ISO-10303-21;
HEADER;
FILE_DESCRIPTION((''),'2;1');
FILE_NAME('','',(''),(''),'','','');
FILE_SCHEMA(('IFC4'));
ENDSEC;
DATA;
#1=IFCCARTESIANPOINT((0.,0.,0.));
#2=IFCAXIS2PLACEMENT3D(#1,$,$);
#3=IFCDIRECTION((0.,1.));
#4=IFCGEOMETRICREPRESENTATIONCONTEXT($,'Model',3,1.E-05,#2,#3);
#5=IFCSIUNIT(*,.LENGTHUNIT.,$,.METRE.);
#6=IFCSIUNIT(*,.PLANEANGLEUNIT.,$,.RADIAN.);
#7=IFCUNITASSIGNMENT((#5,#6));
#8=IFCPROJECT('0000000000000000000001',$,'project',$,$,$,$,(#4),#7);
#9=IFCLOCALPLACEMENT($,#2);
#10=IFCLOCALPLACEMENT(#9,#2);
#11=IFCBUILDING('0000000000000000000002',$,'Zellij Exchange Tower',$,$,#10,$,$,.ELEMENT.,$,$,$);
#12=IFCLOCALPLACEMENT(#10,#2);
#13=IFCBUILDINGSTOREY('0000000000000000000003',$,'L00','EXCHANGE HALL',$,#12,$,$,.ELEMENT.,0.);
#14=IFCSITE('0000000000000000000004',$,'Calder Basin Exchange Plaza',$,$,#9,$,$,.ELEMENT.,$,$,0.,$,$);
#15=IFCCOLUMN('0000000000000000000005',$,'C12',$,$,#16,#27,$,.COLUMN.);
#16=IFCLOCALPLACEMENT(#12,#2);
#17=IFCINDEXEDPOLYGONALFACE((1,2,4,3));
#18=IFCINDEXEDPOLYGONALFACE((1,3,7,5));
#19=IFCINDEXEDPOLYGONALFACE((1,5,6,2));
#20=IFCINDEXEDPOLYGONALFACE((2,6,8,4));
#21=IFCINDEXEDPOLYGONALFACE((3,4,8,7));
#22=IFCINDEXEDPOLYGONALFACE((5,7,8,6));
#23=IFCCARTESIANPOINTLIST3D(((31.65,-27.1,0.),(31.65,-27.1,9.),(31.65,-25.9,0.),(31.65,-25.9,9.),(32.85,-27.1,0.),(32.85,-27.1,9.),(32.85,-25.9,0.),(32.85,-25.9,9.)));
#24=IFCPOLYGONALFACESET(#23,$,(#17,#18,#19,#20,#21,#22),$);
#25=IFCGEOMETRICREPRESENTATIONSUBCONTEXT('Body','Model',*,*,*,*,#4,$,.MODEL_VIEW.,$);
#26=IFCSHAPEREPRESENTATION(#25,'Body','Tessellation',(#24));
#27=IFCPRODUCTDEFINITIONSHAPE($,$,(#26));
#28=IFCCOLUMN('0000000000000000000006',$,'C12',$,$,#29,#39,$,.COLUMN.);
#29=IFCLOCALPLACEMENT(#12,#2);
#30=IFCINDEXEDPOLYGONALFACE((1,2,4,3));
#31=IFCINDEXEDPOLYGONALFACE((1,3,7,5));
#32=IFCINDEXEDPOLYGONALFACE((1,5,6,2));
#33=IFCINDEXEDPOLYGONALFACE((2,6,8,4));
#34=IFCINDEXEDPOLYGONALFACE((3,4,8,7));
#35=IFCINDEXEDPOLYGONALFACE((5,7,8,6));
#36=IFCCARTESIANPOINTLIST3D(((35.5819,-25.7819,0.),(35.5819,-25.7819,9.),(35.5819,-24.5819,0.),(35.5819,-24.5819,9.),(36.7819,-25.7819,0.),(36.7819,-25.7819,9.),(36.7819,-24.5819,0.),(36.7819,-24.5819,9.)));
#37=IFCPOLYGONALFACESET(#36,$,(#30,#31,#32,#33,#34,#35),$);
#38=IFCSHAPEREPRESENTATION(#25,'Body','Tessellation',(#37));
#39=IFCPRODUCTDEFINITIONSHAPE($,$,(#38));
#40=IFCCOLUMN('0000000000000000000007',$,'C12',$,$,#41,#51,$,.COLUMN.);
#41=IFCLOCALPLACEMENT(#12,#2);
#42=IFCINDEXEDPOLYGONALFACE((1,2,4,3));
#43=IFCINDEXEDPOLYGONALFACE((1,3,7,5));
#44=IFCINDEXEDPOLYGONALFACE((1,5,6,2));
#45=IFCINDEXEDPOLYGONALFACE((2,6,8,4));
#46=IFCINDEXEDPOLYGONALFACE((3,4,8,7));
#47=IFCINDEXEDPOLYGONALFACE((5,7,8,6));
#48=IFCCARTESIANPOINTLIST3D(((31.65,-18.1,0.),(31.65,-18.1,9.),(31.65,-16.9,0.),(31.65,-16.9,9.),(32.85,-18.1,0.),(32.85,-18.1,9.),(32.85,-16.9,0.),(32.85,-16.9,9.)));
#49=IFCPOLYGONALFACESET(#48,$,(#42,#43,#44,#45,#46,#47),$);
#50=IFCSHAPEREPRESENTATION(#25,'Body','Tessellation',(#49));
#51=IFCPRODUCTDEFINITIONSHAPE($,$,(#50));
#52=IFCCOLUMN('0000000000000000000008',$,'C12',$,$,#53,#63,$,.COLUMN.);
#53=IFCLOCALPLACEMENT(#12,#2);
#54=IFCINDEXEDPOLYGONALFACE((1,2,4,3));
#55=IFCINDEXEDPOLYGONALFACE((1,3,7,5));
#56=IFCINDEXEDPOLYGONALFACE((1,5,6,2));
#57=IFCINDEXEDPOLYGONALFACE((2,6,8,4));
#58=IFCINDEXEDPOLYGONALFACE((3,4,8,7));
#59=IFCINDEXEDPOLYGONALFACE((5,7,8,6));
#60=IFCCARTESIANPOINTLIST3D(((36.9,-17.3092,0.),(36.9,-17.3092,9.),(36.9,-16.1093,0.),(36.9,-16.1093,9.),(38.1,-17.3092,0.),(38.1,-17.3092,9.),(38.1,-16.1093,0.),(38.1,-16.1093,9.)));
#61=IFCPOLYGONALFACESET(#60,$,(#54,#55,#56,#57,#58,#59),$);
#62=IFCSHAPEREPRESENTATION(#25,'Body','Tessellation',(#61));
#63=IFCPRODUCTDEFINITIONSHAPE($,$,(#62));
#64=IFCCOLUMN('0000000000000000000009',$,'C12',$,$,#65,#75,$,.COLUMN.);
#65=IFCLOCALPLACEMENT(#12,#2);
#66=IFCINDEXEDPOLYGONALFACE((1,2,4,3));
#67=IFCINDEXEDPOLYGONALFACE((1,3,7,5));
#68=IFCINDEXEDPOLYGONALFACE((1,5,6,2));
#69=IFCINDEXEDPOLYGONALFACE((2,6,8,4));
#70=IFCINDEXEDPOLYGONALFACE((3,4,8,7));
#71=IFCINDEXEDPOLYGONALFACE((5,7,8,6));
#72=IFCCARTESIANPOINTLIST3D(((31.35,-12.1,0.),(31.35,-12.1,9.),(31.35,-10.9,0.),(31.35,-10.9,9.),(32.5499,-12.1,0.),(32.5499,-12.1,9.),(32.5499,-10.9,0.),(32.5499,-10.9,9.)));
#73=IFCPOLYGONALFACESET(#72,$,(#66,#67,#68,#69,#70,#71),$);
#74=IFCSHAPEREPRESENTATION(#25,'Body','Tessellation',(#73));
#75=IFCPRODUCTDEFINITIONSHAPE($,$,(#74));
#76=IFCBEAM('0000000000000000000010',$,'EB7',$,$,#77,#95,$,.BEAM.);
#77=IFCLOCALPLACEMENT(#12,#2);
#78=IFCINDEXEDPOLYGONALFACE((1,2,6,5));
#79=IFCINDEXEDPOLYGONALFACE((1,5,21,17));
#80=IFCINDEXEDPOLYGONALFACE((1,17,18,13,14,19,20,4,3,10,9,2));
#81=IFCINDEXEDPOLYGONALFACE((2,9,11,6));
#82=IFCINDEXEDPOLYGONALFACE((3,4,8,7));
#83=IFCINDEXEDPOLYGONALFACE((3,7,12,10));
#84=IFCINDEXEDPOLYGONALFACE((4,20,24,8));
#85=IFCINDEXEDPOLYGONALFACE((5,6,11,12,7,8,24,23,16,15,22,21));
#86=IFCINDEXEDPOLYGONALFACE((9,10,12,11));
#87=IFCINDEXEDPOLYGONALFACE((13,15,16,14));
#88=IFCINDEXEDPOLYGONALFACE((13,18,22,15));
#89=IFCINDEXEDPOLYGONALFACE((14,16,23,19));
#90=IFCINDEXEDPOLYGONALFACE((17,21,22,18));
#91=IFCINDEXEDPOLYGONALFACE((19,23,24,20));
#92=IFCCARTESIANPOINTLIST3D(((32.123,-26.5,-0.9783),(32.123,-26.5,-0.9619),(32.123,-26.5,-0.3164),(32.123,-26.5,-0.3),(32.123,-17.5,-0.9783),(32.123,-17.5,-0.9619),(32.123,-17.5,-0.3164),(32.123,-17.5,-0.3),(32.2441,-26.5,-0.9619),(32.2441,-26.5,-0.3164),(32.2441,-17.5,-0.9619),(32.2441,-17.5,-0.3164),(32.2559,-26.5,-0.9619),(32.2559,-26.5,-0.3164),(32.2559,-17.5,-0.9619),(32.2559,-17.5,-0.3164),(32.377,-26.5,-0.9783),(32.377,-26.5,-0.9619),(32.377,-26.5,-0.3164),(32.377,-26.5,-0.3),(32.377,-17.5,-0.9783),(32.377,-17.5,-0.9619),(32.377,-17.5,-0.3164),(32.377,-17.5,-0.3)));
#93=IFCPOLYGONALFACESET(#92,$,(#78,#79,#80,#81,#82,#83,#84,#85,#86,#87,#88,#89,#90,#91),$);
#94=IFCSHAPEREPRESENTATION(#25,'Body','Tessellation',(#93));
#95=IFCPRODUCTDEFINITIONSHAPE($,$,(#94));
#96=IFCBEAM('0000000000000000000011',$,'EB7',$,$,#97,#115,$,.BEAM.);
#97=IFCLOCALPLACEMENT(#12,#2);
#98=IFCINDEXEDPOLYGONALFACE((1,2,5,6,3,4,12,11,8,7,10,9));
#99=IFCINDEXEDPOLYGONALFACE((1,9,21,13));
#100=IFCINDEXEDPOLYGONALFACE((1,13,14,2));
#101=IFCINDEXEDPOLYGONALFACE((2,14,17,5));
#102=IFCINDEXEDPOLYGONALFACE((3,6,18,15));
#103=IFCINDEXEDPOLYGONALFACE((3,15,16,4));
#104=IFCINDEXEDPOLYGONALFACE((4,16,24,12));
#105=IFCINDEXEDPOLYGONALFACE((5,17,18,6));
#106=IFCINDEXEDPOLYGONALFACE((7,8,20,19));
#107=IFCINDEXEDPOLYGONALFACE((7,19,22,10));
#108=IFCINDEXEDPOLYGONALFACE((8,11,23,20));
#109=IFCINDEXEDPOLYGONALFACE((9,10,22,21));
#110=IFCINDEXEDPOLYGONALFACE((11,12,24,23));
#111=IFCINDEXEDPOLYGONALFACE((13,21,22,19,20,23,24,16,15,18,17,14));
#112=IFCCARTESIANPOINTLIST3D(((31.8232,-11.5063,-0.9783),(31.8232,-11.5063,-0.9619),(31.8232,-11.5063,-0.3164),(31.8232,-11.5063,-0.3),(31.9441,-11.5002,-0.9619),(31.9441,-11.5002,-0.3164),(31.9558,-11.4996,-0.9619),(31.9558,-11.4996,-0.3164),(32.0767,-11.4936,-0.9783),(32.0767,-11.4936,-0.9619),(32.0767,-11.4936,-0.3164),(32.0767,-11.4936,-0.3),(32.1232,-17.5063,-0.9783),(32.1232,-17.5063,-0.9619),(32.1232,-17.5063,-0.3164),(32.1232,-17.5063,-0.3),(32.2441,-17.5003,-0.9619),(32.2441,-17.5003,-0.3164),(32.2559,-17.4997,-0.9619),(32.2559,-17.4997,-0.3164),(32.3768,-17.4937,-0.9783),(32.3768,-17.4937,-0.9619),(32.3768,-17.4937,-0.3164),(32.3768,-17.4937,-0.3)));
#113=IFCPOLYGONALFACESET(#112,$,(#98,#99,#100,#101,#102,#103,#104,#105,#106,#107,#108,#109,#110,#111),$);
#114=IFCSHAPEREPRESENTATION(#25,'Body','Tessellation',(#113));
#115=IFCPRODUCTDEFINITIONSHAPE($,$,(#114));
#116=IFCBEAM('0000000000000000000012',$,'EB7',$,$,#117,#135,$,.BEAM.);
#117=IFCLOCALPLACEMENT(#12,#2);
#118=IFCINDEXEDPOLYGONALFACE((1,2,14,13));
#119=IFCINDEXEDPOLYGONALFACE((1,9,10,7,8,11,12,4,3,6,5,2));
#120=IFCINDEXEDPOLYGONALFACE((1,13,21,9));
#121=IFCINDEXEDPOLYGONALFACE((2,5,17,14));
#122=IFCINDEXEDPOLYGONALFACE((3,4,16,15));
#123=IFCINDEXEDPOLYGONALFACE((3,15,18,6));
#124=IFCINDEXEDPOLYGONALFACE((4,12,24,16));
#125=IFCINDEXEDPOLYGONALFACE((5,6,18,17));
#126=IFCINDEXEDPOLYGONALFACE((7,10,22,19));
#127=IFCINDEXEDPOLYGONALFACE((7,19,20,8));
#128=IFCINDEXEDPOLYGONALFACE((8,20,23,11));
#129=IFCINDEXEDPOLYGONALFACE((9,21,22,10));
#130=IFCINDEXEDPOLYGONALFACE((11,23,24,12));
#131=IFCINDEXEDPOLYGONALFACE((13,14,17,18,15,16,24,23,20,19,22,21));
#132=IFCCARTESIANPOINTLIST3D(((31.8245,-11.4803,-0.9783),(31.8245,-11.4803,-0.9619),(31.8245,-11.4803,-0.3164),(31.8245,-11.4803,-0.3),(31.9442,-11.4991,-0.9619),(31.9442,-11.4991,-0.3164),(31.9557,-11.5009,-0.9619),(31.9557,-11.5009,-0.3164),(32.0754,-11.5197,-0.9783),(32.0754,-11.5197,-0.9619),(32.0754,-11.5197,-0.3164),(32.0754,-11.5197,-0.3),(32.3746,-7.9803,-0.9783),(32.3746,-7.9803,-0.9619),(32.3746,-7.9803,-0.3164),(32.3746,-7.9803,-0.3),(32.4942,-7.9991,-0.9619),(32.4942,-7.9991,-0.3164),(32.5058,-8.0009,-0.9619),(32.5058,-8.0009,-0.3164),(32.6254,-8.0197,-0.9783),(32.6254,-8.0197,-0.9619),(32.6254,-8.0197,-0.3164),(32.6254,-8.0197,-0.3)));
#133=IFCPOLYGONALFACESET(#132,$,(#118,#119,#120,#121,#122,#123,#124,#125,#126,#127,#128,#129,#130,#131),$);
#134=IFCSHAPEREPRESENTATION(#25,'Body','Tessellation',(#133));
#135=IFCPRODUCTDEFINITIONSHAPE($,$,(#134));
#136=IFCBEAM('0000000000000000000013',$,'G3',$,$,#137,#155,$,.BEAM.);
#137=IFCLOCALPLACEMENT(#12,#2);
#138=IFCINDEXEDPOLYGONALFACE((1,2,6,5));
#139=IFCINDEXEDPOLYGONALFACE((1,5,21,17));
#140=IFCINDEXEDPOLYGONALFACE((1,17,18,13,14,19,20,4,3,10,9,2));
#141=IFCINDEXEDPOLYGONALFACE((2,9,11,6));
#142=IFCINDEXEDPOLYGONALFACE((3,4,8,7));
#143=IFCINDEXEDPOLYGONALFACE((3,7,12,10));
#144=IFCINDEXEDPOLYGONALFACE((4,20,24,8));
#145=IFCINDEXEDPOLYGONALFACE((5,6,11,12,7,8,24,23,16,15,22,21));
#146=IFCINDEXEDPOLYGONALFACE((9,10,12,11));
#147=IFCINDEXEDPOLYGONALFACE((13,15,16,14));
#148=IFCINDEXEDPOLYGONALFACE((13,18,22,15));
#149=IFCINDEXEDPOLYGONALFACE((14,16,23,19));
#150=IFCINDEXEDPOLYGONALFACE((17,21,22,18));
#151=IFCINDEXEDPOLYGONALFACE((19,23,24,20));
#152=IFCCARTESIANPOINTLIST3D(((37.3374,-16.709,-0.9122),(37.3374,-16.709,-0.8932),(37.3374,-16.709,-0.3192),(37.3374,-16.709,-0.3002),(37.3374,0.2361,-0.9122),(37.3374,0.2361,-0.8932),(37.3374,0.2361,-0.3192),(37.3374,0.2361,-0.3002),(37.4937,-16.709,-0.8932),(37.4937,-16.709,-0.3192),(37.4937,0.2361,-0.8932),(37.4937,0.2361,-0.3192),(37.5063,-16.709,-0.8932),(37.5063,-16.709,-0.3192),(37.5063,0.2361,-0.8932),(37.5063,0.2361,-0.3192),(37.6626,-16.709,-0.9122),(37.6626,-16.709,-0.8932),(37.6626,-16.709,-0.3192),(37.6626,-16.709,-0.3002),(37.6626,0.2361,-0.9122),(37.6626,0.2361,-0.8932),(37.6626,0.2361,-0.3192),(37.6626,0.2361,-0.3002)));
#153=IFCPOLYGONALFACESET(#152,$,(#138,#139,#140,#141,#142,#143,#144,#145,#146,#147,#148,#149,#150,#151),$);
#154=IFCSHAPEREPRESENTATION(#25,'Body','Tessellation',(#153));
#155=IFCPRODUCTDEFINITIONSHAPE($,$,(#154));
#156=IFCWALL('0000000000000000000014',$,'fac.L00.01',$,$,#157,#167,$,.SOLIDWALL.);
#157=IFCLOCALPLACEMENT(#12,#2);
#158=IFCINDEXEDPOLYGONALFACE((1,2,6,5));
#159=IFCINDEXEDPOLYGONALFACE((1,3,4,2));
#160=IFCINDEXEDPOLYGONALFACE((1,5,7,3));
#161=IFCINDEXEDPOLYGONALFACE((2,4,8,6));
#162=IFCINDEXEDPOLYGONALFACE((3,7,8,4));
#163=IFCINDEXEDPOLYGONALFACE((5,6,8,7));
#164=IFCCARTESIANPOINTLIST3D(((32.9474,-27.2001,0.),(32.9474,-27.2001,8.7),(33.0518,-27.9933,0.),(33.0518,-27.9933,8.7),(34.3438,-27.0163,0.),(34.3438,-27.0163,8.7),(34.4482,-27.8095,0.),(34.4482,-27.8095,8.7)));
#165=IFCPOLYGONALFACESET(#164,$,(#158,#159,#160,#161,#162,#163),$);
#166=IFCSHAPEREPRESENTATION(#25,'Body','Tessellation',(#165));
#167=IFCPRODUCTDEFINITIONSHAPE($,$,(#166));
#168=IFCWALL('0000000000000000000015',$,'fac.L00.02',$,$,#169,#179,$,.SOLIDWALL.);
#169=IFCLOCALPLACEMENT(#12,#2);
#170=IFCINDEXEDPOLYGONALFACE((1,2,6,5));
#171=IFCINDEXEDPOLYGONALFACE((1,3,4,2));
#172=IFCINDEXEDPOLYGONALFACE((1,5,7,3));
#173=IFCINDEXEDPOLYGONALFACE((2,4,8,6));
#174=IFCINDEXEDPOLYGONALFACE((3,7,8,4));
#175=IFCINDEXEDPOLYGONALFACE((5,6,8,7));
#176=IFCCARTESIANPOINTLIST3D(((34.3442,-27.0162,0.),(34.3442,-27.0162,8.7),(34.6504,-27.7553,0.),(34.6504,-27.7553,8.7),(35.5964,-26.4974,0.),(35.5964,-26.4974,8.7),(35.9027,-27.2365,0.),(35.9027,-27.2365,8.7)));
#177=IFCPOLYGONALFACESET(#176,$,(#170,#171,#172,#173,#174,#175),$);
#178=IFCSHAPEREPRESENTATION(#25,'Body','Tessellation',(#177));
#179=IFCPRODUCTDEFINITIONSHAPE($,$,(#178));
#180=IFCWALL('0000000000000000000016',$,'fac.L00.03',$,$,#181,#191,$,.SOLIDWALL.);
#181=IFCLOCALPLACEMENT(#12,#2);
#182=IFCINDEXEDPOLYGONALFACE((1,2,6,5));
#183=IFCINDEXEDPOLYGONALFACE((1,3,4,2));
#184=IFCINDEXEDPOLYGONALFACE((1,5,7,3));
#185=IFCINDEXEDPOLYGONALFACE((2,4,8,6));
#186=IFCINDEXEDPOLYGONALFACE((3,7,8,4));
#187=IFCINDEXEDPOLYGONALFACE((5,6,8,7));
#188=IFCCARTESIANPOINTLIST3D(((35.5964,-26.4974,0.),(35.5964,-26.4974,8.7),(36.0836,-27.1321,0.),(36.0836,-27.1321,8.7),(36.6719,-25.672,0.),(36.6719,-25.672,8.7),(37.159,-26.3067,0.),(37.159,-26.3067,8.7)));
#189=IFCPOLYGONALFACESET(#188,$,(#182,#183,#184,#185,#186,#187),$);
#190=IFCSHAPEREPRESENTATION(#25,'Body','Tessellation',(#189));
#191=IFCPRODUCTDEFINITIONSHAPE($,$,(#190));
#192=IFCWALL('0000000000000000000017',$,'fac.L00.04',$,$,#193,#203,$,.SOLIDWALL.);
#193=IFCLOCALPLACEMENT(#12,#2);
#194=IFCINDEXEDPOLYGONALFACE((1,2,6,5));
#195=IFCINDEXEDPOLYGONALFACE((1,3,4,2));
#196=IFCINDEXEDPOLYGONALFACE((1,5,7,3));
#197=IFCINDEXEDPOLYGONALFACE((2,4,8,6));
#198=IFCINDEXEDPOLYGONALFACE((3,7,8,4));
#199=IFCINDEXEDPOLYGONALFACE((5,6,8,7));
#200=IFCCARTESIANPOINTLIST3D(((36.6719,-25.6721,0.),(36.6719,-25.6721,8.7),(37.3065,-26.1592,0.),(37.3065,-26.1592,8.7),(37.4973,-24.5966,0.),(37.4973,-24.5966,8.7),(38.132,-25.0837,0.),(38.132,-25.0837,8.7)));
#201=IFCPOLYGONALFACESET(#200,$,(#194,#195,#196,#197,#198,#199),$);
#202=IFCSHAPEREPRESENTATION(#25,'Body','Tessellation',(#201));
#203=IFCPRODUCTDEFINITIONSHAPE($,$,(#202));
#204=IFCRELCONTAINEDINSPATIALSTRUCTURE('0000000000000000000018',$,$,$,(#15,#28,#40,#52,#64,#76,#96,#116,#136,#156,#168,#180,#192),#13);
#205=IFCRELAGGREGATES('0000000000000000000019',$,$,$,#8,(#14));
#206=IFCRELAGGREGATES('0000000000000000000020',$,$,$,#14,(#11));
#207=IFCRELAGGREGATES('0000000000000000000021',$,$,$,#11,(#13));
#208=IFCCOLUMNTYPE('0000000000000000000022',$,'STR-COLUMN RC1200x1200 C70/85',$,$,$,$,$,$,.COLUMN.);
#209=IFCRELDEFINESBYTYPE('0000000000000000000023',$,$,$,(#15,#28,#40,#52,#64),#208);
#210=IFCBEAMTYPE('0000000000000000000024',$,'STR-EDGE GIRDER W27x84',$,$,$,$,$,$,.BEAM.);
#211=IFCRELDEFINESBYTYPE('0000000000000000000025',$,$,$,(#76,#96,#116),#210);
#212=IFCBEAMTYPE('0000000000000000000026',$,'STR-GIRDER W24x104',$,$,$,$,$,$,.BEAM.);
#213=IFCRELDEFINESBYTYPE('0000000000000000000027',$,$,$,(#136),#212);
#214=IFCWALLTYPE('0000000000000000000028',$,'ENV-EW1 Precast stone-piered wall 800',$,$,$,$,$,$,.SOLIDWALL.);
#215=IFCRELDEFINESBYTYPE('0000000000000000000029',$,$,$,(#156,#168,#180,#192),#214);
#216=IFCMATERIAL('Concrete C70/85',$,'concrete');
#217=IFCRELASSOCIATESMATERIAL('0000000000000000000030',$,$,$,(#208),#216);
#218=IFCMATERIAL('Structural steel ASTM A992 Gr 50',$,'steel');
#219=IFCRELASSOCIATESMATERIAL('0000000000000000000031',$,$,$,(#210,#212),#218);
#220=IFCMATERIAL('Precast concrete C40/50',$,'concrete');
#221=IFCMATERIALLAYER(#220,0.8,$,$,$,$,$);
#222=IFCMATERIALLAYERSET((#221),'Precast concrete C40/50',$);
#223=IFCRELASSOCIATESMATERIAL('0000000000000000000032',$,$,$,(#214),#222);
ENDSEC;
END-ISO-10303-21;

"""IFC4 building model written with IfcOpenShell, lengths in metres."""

from ifc_helpers import new_model, si_unit, direction, frame, frame_2d, origin, origin_2d, place, context, subcontext, project, spatial, rectangle, i_section, extrude, material, layer, layer_set, material_profile, profile_set, type_object, element, save


model = new_model("IFC4")

# Units and contexts
model_context = context("Model", 3, precision=1e-05, world=origin(), true_north=direction((0.0, 1.0)))
body_context = subcontext(model_context, "Body", "Model", "MODEL_VIEW")
ifc_project = project(units=[si_unit("LENGTHUNIT", "METRE"), si_unit("PLANEANGLEUNIT", "RADIAN")], contexts=[model_context])

# Site, building, storey
site_placement = place(None, origin())
site = spatial("IfcSite", under=ifc_project, at=site_placement, Name="Calder Basin Exchange Plaza", CompositionType="ELEMENT", RefElevation=0.0)
building_placement = place(site_placement, origin())
building = spatial("IfcBuilding", under=site, at=building_placement, Name="Zellij Exchange Tower", CompositionType="ELEMENT")
storey_placement = place(building_placement, origin())
storey = spatial("IfcBuildingStorey", under=building, at=storey_placement, Name="L00", Description="EXCHANGE HALL", CompositionType="ELEMENT", Elevation=0.0)

# Columns
ifc_material_1 = material(Name="Concrete C70/85", Category="concrete")
ifc_material_profile_1 = material_profile(ifc_material_1, rectangle(XDim=1.2, YDim=1.2, at=origin_2d()), Name="STR-COLUMN RC1200x1200 C70/85")
ifc_profile_set_1 = profile_set([ifc_material_profile_1], Name="Concrete C70/85")
column_type = type_object("IfcColumnType", Name="STR-COLUMN RC1200x1200 C70/85", PredefinedType="COLUMN", material=ifc_profile_set_1)
for number, where, z_axis, x_axis, name in (
    (1, (32.25, -26.5, 0.0), (0.0, 0.0, 1.0), (1.0, 0.0, 0.0), "C12"),
    (2, (36.1819, -25.1819, 0.0), (0.0, 0.0, 1.0), (1.0, 0.0, 0.0), "C12"),
    (3, (32.25, -17.5, 0.0), (0.0, 0.0, 1.0), (1.0, 0.0, 0.0), "C12"),
    (4, (37.5, -16.7092, 0.0), (0.0, 0.0, 1.0), (1.0, 0.0, 0.0), "C12"),
    (5, (31.95, -11.5, 0.0), (0.0, 0.0, 1.0), (1.0, 0.0, 0.0), "C12"),
):
    element("IfcColumn", number, at=place(storey_placement, frame(where, z_axis=z_axis, x_axis=x_axis)), inside=storey, type_object=column_type, Name=name, PredefinedType="COLUMN", context=body_context, shape_type="SweptSolid", body=[
        extrude(rectangle(XDim=1.2, YDim=1.2, at=origin_2d()), origin(), (0.0, 0.0, 1.0), 9.0),
    ])

# Beams
ifc_material_2 = material(Name="Structural steel ASTM A992 Gr 50", Category="steel")
ifc_material_profile_2 = material_profile(ifc_material_2, i_section(OverallWidth=0.2539, OverallDepth=0.6782, WebThickness=0.0117, FlangeThickness=0.0164, at=origin_2d()), Name="W27x84")
ifc_profile_set_2 = profile_set([ifc_material_profile_2], Name="Structural steel ASTM A992 Gr 50")
beam_type_1 = type_object("IfcBeamType", Name="STR-EDGE GIRDER W27x84", PredefinedType="BEAM", material=ifc_profile_set_2)
beam_1_placement = place(storey_placement, frame((32.25, -26.5, -0.6392), z_axis=(0.0, 1.0, 0.0), x_axis=(-1.0, 0.0, 0.0)))
element("IfcBeam", 6, at=beam_1_placement, inside=storey, type_object=beam_type_1, Name="EB7", PredefinedType="BEAM", context=body_context, shape_type="SweptSolid", body=[
    extrude(i_section(OverallWidth=0.2539, OverallDepth=0.6782, WebThickness=0.0117, FlangeThickness=0.0164, at=origin_2d()), origin(), (0.0, 0.0, 1.0), 9.0),
])
beam_2_placement = place(storey_placement, frame((32.25, -17.5, -0.6392), z_axis=(-0.049946, 0.998752, 0.0), x_axis=(-0.998752, -0.049946, 0.0)))
element("IfcBeam", 7, at=beam_2_placement, inside=storey, type_object=beam_type_1, Name="EB7", PredefinedType="BEAM", context=body_context, shape_type="SweptSolid", body=[
    extrude(i_section(OverallWidth=0.2539, OverallDepth=0.6782, WebThickness=0.0117, FlangeThickness=0.0164, at=origin_2d()), origin(), (0.0, 0.0, 1.0), 6.0076),
])
beam_3_placement = place(storey_placement, frame((31.95, -11.5, -0.6392), z_axis=(0.155251, 0.987875, 0.0), x_axis=(-0.987875, 0.155251, 0.0)))
element("IfcBeam", 8, at=beam_3_placement, inside=storey, type_object=beam_type_1, Name="EB7", PredefinedType="BEAM", context=body_context, shape_type="SweptSolid", body=[
    extrude(i_section(OverallWidth=0.2539, OverallDepth=0.6782, WebThickness=0.0117, FlangeThickness=0.0164, at=origin_2d()), origin(), (0.0, 0.0, 1.0), 3.543),
])
ifc_material_profile_3 = material_profile(ifc_material_2, i_section(OverallWidth=0.3252, OverallDepth=0.6121, WebThickness=0.0127, FlangeThickness=0.019, at=origin_2d()), Name="W24x104")
ifc_profile_set_3 = profile_set([ifc_material_profile_3], Name="Structural steel ASTM A992 Gr 50")
beam_type_2 = type_object("IfcBeamType", Name="STR-GIRDER W24x104", PredefinedType="BEAM", material=ifc_profile_set_3)
beam_4_placement = place(storey_placement, frame((37.5, -16.709, -0.6062), z_axis=(0.0, 1.0, 0.0), x_axis=(-1.0, 0.0, 0.0)))
element("IfcBeam", 9, at=beam_4_placement, inside=storey, type_object=beam_type_2, Name="G3", PredefinedType="BEAM", context=body_context, shape_type="SweptSolid", body=[
    extrude(i_section(OverallWidth=0.3252, OverallDepth=0.6121, WebThickness=0.0127, FlangeThickness=0.019, at=origin_2d()), origin(), (0.0, 0.0, 1.0), 16.9451),
])

# Walls
ifc_material_3 = material(Name="Precast concrete C40/50", Category="concrete")
ifc_layer = layer(ifc_material_3, 0.8)
ifc_layer_set = layer_set([ifc_layer], Name="Precast concrete C40/50")
wall_type = type_object("IfcWallType", Name="ENV-EW1 Precast stone-piered wall 800", PredefinedType="SOLIDWALL", material=ifc_layer_set)
wall_1_placement = place(storey_placement, frame((32.9998, -27.5967, 0.0), z_axis=(0.0, 0.0, 1.0), x_axis=(0.991446, 0.130517, 0.0)))
element("IfcWall", 10, at=wall_1_placement, inside=storey, type_object=wall_type, Name="fac.L00.01", PredefinedType="SOLIDWALL", context=body_context, shape_type="SweptSolid", body=[
    extrude(rectangle(XDim=1.4084, YDim=0.8, at=frame_2d((0.7041, 0.0))), origin(), (0.0, 0.0, 1.0), 8.7),
])
wall_2_placement = place(storey_placement, frame((34.4973, -27.3857, 0.0), z_axis=(0.0, 0.0, 1.0), x_axis=(0.923848, 0.38276, 0.0)))
element("IfcWall", 11, at=wall_2_placement, inside=storey, type_object=wall_type, Name="fac.L00.02", PredefinedType="SOLIDWALL", context=body_context, shape_type="SweptSolid", body=[
    extrude(rectangle(XDim=1.3555, YDim=0.8, at=frame_2d((0.6777, 0.0))), origin(), (0.0, 0.0, 1.0), 8.7),
])
for number, where, z_axis, x_axis, name in (
    (12, (35.8401, -26.8147, 0.0), (0.0, 0.0, 1.0), (0.793273, 0.608866, 0.0), "fac.L00.03"),
    (13, (36.9893, -25.9155, 0.0), (0.0, 0.0, 1.0), (0.608866, 0.793273, 0.0), "fac.L00.04"),
):
    element("IfcWall", number, at=place(storey_placement, frame(where, z_axis=z_axis, x_axis=x_axis)), inside=storey, type_object=wall_type, Name=name, PredefinedType="SOLIDWALL", context=body_context, shape_type="SweptSolid", body=[
        extrude(rectangle(XDim=1.3557, YDim=0.8, at=frame_2d((0.6777, 0.0))), origin(), (0.0, 0.0, 1.0), 8.7),
    ])

save(model, "model.ifc")
